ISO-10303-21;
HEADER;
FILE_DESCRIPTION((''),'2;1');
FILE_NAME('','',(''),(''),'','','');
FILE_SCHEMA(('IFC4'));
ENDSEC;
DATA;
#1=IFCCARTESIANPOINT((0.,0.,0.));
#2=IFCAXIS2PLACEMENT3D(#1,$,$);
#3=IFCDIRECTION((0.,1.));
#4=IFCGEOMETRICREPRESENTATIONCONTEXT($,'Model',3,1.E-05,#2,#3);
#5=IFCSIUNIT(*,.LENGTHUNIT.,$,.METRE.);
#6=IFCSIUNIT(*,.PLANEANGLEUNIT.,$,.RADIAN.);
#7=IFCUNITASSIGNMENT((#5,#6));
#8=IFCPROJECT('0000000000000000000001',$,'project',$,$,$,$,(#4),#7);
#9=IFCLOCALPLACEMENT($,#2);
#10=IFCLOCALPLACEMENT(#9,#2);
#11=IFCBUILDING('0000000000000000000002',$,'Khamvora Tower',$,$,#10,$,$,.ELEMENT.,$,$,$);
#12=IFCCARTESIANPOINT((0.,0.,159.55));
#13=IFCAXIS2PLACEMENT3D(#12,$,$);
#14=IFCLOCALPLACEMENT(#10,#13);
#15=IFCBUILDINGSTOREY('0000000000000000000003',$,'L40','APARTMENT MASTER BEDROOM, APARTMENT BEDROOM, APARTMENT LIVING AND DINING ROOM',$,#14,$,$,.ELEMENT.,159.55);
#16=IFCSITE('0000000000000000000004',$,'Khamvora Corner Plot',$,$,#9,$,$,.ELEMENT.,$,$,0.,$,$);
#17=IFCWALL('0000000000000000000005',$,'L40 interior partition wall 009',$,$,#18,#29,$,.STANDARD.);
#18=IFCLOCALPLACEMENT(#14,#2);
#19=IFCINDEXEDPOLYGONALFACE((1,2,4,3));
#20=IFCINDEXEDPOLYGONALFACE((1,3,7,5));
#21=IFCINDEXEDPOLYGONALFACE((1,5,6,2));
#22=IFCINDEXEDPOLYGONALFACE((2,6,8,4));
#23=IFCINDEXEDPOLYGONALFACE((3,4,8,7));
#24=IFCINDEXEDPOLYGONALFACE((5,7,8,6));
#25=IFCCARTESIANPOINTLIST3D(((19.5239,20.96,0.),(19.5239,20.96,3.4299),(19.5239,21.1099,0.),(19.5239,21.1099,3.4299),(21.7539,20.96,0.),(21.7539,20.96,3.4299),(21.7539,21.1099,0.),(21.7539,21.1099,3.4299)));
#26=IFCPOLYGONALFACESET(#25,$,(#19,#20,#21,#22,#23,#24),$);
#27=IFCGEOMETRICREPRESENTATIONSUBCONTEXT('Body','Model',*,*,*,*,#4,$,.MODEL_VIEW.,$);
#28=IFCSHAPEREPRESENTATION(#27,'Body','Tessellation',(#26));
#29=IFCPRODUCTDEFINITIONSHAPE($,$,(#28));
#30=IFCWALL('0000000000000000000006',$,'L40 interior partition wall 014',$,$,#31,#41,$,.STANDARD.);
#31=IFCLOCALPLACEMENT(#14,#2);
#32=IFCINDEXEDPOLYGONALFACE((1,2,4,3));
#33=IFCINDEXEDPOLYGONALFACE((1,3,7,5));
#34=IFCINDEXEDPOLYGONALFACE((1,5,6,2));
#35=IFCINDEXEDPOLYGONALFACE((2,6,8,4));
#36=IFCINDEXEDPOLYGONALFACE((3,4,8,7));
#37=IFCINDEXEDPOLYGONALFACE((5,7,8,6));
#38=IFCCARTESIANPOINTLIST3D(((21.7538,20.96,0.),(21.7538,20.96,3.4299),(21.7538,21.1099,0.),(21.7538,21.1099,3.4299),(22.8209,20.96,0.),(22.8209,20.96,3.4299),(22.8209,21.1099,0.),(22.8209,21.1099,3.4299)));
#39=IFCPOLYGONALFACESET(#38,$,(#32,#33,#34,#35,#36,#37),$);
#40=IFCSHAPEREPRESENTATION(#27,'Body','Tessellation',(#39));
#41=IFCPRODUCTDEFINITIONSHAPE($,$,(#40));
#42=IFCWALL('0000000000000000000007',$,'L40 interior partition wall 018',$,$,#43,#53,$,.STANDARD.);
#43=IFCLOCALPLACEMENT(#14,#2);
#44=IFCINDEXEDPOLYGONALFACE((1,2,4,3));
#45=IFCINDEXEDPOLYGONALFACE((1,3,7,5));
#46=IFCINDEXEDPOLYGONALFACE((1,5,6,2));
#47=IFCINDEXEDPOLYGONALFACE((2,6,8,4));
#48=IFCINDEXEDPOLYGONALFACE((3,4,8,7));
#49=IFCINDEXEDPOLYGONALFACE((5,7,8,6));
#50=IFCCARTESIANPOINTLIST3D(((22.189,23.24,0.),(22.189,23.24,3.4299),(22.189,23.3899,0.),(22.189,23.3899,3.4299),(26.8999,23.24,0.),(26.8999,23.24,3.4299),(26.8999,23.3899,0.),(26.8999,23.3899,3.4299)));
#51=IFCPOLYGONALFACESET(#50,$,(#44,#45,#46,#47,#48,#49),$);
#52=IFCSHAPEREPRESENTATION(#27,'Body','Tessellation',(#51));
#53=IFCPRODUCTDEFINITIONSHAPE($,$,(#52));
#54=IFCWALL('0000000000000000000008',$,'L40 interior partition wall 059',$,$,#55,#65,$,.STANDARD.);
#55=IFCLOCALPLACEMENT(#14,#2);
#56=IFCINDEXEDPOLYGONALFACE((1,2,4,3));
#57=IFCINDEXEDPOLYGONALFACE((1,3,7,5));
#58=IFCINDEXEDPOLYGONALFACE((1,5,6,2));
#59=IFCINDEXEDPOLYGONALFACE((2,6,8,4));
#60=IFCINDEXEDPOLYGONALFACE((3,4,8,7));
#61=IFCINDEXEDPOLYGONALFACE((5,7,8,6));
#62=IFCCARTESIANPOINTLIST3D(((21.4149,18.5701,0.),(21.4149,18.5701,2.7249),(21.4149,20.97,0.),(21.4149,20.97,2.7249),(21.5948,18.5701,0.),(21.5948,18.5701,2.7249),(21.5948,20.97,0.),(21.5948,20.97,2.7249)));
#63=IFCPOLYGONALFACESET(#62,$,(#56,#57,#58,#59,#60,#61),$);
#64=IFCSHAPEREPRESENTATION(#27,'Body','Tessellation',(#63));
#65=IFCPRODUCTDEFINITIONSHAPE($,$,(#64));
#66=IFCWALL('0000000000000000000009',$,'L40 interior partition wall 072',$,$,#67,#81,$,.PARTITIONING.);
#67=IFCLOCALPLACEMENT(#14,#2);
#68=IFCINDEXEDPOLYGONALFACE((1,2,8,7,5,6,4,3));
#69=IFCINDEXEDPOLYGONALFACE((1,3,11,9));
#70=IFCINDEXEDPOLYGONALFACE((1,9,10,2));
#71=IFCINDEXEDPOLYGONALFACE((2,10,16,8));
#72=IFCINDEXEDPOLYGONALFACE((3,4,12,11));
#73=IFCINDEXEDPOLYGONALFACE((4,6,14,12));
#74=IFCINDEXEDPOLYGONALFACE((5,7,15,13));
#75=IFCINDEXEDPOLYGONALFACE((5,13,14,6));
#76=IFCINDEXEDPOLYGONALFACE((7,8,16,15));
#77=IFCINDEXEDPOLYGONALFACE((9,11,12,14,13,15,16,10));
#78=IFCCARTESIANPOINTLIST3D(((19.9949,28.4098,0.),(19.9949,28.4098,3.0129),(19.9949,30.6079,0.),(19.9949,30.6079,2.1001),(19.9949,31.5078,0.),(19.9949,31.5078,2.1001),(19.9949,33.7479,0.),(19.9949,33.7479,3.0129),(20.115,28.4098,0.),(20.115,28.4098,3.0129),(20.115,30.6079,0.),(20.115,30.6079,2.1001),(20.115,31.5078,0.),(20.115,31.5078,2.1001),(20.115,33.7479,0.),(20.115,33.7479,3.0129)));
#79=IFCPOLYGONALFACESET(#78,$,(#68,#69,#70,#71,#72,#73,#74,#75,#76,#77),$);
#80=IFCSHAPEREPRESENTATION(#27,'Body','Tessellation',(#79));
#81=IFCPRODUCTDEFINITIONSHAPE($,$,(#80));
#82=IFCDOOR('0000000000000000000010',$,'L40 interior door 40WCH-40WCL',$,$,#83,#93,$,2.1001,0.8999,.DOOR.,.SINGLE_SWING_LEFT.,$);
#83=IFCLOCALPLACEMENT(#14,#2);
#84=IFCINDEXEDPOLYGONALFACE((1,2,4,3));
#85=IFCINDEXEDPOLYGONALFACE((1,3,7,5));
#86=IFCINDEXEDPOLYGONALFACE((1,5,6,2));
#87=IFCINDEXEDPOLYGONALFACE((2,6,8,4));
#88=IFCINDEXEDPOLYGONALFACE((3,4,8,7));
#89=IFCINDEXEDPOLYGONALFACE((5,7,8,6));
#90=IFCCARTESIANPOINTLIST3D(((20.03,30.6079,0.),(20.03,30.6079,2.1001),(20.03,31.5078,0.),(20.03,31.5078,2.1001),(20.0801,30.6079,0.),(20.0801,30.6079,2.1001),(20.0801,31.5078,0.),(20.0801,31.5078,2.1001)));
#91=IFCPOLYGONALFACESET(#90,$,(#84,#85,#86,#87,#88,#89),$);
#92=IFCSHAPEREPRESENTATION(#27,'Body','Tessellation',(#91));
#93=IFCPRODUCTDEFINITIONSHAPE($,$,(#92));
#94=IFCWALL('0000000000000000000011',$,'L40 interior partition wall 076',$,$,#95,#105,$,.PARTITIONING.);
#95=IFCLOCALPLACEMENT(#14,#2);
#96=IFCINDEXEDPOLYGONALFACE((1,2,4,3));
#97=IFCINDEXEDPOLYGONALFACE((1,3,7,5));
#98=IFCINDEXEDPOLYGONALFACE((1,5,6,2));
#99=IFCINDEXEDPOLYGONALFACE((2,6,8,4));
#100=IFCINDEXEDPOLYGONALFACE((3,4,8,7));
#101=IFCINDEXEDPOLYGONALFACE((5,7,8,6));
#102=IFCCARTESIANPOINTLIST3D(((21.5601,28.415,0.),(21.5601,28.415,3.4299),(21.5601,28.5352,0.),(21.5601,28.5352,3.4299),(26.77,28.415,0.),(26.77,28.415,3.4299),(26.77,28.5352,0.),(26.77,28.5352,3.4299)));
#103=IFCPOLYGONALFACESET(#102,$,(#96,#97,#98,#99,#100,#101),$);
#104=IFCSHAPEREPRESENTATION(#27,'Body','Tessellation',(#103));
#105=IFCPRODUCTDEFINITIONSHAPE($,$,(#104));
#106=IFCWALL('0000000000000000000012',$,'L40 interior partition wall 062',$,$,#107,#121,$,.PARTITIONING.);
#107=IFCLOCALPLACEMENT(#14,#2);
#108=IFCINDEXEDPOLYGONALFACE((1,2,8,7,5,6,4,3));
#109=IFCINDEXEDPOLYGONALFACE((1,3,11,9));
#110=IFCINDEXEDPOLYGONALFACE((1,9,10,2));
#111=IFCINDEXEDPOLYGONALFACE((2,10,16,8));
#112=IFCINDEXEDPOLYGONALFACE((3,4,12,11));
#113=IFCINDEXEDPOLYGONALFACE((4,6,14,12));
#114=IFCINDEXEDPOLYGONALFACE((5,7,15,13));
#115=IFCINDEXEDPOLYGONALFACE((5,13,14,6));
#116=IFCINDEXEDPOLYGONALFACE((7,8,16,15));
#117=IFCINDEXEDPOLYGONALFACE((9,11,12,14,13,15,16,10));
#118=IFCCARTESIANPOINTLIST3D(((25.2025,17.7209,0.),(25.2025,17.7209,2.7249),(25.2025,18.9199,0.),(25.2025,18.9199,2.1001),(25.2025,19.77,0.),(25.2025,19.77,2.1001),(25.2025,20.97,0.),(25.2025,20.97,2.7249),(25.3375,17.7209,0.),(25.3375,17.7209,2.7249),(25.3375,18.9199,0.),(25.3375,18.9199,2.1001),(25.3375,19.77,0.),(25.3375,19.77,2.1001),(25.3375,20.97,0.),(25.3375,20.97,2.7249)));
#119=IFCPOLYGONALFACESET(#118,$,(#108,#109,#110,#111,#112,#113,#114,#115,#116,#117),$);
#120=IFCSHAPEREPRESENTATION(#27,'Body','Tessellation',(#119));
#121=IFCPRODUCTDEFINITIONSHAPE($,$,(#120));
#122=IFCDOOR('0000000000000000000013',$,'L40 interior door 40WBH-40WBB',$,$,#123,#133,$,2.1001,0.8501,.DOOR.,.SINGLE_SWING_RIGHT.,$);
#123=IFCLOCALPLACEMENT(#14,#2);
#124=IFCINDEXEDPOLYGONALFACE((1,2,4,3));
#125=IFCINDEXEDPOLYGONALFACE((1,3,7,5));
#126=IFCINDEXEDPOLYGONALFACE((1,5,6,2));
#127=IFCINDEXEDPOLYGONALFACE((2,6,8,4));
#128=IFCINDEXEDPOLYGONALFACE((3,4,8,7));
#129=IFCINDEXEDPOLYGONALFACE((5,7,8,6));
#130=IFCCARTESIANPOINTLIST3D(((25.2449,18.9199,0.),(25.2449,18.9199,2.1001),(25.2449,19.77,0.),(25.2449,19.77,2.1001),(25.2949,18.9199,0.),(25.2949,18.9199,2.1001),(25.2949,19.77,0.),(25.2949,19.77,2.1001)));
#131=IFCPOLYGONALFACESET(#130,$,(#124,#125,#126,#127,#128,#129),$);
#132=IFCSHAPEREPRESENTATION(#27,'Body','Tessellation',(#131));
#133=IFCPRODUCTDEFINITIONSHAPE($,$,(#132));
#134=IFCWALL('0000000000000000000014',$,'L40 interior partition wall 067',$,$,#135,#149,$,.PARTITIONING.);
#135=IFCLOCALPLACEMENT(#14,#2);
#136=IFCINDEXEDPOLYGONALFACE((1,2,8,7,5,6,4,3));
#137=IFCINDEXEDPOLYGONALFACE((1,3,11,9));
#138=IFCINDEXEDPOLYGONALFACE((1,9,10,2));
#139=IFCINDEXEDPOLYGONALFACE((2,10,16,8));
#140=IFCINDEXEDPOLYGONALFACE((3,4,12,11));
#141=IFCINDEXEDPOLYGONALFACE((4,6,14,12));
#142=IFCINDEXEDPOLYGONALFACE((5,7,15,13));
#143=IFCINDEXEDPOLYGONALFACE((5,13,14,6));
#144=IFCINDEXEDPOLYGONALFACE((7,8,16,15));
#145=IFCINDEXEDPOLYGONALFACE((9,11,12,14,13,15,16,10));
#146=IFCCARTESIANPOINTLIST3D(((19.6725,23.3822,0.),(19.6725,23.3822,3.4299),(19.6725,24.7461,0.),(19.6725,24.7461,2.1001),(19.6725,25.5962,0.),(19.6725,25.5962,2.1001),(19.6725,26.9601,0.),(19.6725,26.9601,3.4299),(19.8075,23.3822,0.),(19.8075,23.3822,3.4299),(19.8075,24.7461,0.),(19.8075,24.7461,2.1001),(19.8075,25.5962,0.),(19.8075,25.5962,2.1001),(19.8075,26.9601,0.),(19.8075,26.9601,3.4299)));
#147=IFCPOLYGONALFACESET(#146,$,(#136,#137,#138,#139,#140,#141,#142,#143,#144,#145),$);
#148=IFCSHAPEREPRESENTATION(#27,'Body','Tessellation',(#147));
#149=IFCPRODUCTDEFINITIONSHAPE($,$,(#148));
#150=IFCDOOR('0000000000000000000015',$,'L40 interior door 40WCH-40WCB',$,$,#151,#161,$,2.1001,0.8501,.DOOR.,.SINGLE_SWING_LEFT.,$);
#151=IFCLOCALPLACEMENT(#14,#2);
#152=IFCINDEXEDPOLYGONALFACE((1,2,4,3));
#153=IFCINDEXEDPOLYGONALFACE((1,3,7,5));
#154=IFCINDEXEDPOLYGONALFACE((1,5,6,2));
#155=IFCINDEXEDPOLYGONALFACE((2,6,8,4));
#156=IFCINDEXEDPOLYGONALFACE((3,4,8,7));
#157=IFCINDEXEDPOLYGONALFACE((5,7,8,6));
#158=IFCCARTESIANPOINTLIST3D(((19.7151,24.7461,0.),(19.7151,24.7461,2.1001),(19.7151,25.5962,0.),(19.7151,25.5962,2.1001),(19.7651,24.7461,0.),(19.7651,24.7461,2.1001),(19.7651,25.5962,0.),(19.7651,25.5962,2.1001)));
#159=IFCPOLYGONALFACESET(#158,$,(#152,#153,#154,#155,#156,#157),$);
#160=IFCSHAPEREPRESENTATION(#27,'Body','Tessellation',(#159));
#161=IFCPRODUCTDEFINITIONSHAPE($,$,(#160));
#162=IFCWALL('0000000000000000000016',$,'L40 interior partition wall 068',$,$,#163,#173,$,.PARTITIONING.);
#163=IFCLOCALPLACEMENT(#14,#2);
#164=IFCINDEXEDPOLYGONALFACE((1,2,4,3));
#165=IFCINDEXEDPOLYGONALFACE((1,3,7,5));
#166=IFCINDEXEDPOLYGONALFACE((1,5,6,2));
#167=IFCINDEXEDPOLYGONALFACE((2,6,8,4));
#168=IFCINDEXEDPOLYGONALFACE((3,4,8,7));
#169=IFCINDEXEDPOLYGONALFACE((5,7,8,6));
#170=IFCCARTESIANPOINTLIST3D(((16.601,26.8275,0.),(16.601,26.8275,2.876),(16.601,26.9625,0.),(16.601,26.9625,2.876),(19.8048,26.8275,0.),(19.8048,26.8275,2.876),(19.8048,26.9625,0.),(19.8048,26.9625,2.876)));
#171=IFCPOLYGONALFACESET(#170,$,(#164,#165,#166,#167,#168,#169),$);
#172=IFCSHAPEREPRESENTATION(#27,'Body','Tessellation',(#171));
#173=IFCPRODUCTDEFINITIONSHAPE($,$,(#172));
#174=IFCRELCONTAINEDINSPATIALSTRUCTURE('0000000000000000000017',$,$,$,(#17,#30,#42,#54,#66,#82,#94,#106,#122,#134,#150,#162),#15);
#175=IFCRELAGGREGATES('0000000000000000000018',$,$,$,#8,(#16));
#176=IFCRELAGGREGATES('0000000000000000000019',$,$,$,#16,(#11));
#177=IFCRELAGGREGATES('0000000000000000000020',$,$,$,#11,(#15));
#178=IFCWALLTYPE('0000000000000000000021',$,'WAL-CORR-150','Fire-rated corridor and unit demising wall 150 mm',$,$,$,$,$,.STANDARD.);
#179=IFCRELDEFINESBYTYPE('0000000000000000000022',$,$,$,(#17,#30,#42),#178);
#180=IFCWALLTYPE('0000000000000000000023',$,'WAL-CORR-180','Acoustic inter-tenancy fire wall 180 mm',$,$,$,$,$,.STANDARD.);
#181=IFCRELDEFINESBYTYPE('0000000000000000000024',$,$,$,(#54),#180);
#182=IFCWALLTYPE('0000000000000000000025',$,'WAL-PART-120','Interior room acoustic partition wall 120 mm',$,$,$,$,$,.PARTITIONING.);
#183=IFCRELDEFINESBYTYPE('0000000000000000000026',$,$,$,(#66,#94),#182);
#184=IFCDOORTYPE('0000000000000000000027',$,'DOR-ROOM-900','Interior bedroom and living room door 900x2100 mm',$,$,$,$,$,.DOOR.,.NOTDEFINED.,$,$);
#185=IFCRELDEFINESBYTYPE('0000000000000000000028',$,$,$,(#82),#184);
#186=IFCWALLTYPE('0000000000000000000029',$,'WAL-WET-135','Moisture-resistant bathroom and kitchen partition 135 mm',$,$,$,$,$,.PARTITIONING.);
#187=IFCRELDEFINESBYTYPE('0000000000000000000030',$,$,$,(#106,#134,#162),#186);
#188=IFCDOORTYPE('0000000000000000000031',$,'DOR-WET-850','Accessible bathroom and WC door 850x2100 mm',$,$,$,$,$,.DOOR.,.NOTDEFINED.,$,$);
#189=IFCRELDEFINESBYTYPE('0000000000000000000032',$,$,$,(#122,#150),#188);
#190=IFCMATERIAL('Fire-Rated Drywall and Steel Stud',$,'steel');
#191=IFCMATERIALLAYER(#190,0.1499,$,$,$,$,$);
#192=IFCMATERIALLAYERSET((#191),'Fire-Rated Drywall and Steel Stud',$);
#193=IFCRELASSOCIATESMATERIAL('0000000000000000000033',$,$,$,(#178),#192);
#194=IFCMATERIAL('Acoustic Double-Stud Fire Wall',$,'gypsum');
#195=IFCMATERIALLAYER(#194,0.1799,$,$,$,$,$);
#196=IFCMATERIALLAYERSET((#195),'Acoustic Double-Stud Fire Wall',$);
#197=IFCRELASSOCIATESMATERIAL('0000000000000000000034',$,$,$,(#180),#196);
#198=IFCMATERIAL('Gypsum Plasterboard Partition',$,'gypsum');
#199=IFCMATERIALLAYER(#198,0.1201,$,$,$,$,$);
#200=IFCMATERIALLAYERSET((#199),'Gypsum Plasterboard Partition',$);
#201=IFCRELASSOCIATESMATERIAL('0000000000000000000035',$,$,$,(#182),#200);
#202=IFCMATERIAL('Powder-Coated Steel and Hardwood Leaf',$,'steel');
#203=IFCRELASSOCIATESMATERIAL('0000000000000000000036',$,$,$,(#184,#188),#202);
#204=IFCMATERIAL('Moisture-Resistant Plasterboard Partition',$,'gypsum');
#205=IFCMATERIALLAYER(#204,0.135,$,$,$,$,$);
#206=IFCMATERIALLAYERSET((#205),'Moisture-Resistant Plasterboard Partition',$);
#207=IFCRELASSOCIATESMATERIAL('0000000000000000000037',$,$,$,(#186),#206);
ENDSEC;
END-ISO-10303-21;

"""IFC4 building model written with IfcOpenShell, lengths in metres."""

from ifc_helpers import new_model, si_unit, direction, frame, frame_2d, origin, place, context, subcontext, project, spatial, rectangle, extrude, material, layer, layer_set, type_object, element, fill, save


model = new_model("IFC4")

# Units and contexts
model_context = context("Model", 3, precision=1e-05, world=origin(), true_north=direction((0.0, 1.0)))
body_context = subcontext(model_context, "Body", "Model", "MODEL_VIEW")
ifc_project = project(units=[si_unit("LENGTHUNIT", "METRE"), si_unit("PLANEANGLEUNIT", "RADIAN")], contexts=[model_context])

# Site, building, storey
site_placement = place(None, origin())
site = spatial("IfcSite", under=ifc_project, at=site_placement, Name="Khamvora Corner Plot", CompositionType="ELEMENT", RefElevation=0.0)
building_placement = place(site_placement, origin())
building = spatial("IfcBuilding", under=site, at=building_placement, Name="Khamvora Tower", CompositionType="ELEMENT")
storey_placement = place(building_placement, frame((0.0, 0.0, 159.55)))
storey = spatial("IfcBuildingStorey", under=building, at=storey_placement, Name="L40", Description="APARTMENT MASTER BEDROOM, APARTMENT BEDROOM, APARTMENT LIVING AND DINING ROOM", CompositionType="ELEMENT", Elevation=159.55)

# Shared definitions
ifc_material_1 = material(Name="Fire-Rated Drywall and Steel Stud", Category="steel")
ifc_layer_1 = layer(ifc_material_1, 0.1499)
ifc_layer_set_1 = layer_set([ifc_layer_1], Name="Fire-Rated Drywall and Steel Stud")
wall_type_1 = type_object("IfcWallType", Name="WAL-CORR-150", Description="Fire-rated corridor and unit demising wall 150 mm", PredefinedType="STANDARD", material=ifc_layer_set_1)
ifc_material_2 = material(Name="Powder-Coated Steel and Hardwood Leaf", Category="steel")

# Wall
wall_1_placement = place(storey_placement, frame((21.7539, 21.0349, 0.0), z_axis=(0.0, 0.0, 1.0), x_axis=(-1.0, 0.0, 0.0)))
element("IfcWall", 1, at=wall_1_placement, inside=storey, type_object=wall_type_1, Name="L40 interior partition wall 009", PredefinedType="STANDARD", context=body_context, shape_type="SweptSolid", body=[
    extrude(rectangle(XDim=2.23, YDim=0.1499, at=frame_2d((1.115, 0.0))), origin(), (0.0, 0.0, 1.0), 3.4299),
])

# Walls
wall_2_placement = place(storey_placement, frame((22.821, 21.0349, 0.0), z_axis=(0.0, 0.0, 1.0), x_axis=(-1.0, 0.0, 0.0)))
element("IfcWall", 2, at=wall_2_placement, inside=storey, type_object=wall_type_1, Name="L40 interior partition wall 014", PredefinedType="STANDARD", context=body_context, shape_type="SweptSolid", body=[
    extrude(rectangle(XDim=1.0671, YDim=0.1499, at=frame_2d((0.5337, 0.0))), origin(), (0.0, 0.0, 1.0), 3.4299),
])
wall_3_placement = place(storey_placement, frame((22.189, 23.3149, 0.0), z_axis=(0.0, 0.0, 1.0), x_axis=(1.0, 0.0, 0.0)))
element("IfcWall", 3, at=wall_3_placement, inside=storey, type_object=wall_type_1, Name="L40 interior partition wall 018", PredefinedType="STANDARD", context=body_context, shape_type="SweptSolid", body=[
    extrude(rectangle(XDim=4.7109, YDim=0.1499, at=frame_2d((2.3555, 0.0))), origin(), (0.0, 0.0, 1.0), 3.4299),
])
ifc_material_3 = material(Name="Acoustic Double-Stud Fire Wall", Category="gypsum")
ifc_layer_2 = layer(ifc_material_3, 0.1799)
ifc_layer_set_2 = layer_set([ifc_layer_2], Name="Acoustic Double-Stud Fire Wall")
wall_type_2 = type_object("IfcWallType", Name="WAL-CORR-180", Description="Acoustic inter-tenancy fire wall 180 mm", PredefinedType="STANDARD", material=ifc_layer_set_2)
wall_4_placement = place(storey_placement, frame((21.5049, 20.97, 0.0), z_axis=(0.0, 0.0, 1.0), x_axis=(0.0, -1.0, 0.0)))
element("IfcWall", 4, at=wall_4_placement, inside=storey, type_object=wall_type_2, Name="L40 interior partition wall 059", PredefinedType="STANDARD", context=body_context, shape_type="SweptSolid", body=[
    extrude(rectangle(XDim=2.3999, YDim=0.1799, at=frame_2d((1.2, 0.0))), origin(), (0.0, 0.0, 1.0), 2.7249),
])

# Wall, opening, door
ifc_material_4 = material(Name="Gypsum Plasterboard Partition", Category="gypsum")
ifc_layer_3 = layer(ifc_material_4, 0.1201)
ifc_layer_set_3 = layer_set([ifc_layer_3], Name="Gypsum Plasterboard Partition")
wall_type_3 = type_object("IfcWallType", Name="WAL-PART-120", Description="Interior room acoustic partition wall 120 mm", PredefinedType="PARTITIONING", material=ifc_layer_set_3)
wall_5_placement = place(storey_placement, frame((20.0549, 28.4099, 0.0), z_axis=(0.0, 0.0, 1.0), x_axis=(0.0, 1.0, 0.0)))
wall_5 = element("IfcWall", 5, at=wall_5_placement, inside=storey, type_object=wall_type_3, Name="L40 interior partition wall 072", PredefinedType="PARTITIONING", context=body_context, shape_type="SweptSolid", body=[
    extrude(rectangle(XDim=5.3381, YDim=0.1201, at=frame_2d((2.6689, 0.0))), origin(), (0.0, 0.0, 1.0), 3.0129),
])
opening_1_placement = place(wall_5_placement, frame((2.198, 0.0, 0.0)))
opening_1 = element("IfcOpeningElement", 6, at=opening_1_placement, cuts=wall_5, PredefinedType="OPENING", context=body_context, shape_type="SweptSolid", body=[
    extrude(rectangle(XDim=0.8999, YDim=2.1001, at=frame_2d((0.45, 1.05))), frame((0.0, 0.0701, 0.0), z_axis=(0.0, -1.0, 0.0), x_axis=(1.0, 0.0, 0.0)), (0.0, 0.0, 1.0), 0.1401),
])
door_type_1 = type_object("IfcDoorType", Name="DOR-ROOM-900", Description="Interior bedroom and living room door 900x2100 mm", OperationType="NOTDEFINED", PredefinedType="DOOR", material=ifc_material_2)
door_1_placement = place(opening_1_placement, origin())
door_1 = element("IfcDoor", 7, at=door_1_placement, inside=storey, type_object=door_type_1, Name="L40 interior door 40WCH-40WCL", OperationType="SINGLE_SWING_LEFT", OverallHeight=2.1001, OverallWidth=0.8999, PredefinedType="DOOR", context=body_context, shape_type="SweptSolid", body=[
    extrude(rectangle(XDim=0.8999, YDim=2.1001, at=frame_2d((0.45, 1.05))), frame((0.0, 0.0249, 0.0), z_axis=(0.0, -1.0, 0.0), x_axis=(1.0, 0.0, 0.0)), (0.0, 0.0, 1.0), 0.05),
])
fill(opening_1, door_1)

# Wall
wall_6_placement = place(storey_placement, frame((21.5601, 28.4751, 0.0), z_axis=(0.0, 0.0, 1.0), x_axis=(1.0, 0.0, 0.0)))
element("IfcWall", 8, at=wall_6_placement, inside=storey, type_object=wall_type_3, Name="L40 interior partition wall 076", PredefinedType="PARTITIONING", context=body_context, shape_type="SweptSolid", body=[
    extrude(rectangle(XDim=5.21, YDim=0.1201, at=frame_2d((2.605, 0.0))), origin(), (0.0, 0.0, 1.0), 3.4299),
])

# Walls, openings, doors
ifc_material_5 = material(Name="Moisture-Resistant Plasterboard Partition", Category="gypsum")
ifc_layer_4 = layer(ifc_material_5, 0.135)
ifc_layer_set_4 = layer_set([ifc_layer_4], Name="Moisture-Resistant Plasterboard Partition")
wall_type_4 = type_object("IfcWallType", Name="WAL-WET-135", Description="Moisture-resistant bathroom and kitchen partition 135 mm", PredefinedType="PARTITIONING", material=ifc_layer_set_4)
wall_7_placement = place(storey_placement, frame((25.27, 20.97, 0.0), z_axis=(0.0, 0.0, 1.0), x_axis=(0.0, -1.0, 0.0)))
wall_7 = element("IfcWall", 9, at=wall_7_placement, inside=storey, type_object=wall_type_4, Name="L40 interior partition wall 062", PredefinedType="PARTITIONING", context=body_context, shape_type="SweptSolid", body=[
    extrude(rectangle(XDim=3.249, YDim=0.135, at=frame_2d((1.6245, 0.0))), origin(), (0.0, 0.0, 1.0), 2.7249),
])
opening_2_placement = place(wall_7_placement, frame((1.2, 0.0, 0.0)))
opening_2 = element("IfcOpeningElement", 10, at=opening_2_placement, cuts=wall_7, PredefinedType="OPENING", context=body_context, shape_type="SweptSolid", body=[
    extrude(rectangle(XDim=0.8501, YDim=2.1001, at=frame_2d((0.425, 1.05))), frame((0.0, 0.0774, 0.0), z_axis=(0.0, -1.0, 0.0), x_axis=(1.0, 0.0, 0.0)), (0.0, 0.0, 1.0), 0.155),
])
door_type_2 = type_object("IfcDoorType", Name="DOR-WET-850", Description="Accessible bathroom and WC door 850x2100 mm", OperationType="NOTDEFINED", PredefinedType="DOOR", material=ifc_material_2)
door_2_placement = place(opening_2_placement, origin())
door_2 = element("IfcDoor", 11, at=door_2_placement, inside=storey, type_object=door_type_2, Name="L40 interior door 40WBH-40WBB", OperationType="SINGLE_SWING_RIGHT", OverallHeight=2.1001, OverallWidth=0.8501, PredefinedType="DOOR", context=body_context, shape_type="SweptSolid", body=[
    extrude(rectangle(XDim=0.8501, YDim=2.1001, at=frame_2d((0.425, 1.05))), frame((0.0, 0.0249, 0.0), z_axis=(0.0, -1.0, 0.0), x_axis=(1.0, 0.0, 0.0)), (0.0, 0.0, 1.0), 0.05),
])
fill(opening_2, door_2)
wall_8_placement = place(storey_placement, frame((19.74, 23.3821, 0.0), z_axis=(0.0, 0.0, 1.0), x_axis=(0.0, 1.0, 0.0)))
wall_8 = element("IfcWall", 12, at=wall_8_placement, inside=storey, type_object=wall_type_4, Name="L40 interior partition wall 067", PredefinedType="PARTITIONING", context=body_context, shape_type="SweptSolid", body=[
    extrude(rectangle(XDim=3.5779, YDim=0.135, at=frame_2d((1.7891, 0.0))), origin(), (0.0, 0.0, 1.0), 3.4299),
])
opening_3_placement = place(wall_8_placement, frame((1.364, 0.0, 0.0)))
opening_3 = element("IfcOpeningElement", 13, at=opening_3_placement, cuts=wall_8, PredefinedType="OPENING", context=body_context, shape_type="SweptSolid", body=[
    extrude(rectangle(XDim=0.8501, YDim=2.1001, at=frame_2d((0.425, 1.05))), frame((0.0, 0.0774, 0.0), z_axis=(0.0, -1.0, 0.0), x_axis=(1.0, 0.0, 0.0)), (0.0, 0.0, 1.0), 0.155),
])
door_3_placement = place(opening_3_placement, origin())
door_3 = element("IfcDoor", 14, at=door_3_placement, inside=storey, type_object=door_type_2, Name="L40 interior door 40WCH-40WCB", OperationType="SINGLE_SWING_LEFT", OverallHeight=2.1001, OverallWidth=0.8501, PredefinedType="DOOR", context=body_context, shape_type="SweptSolid", body=[
    extrude(rectangle(XDim=0.8501, YDim=2.1001, at=frame_2d((0.425, 1.05))), frame((0.0, 0.0249, 0.0), z_axis=(0.0, -1.0, 0.0), x_axis=(1.0, 0.0, 0.0)), (0.0, 0.0, 1.0), 0.05),
])
fill(opening_3, door_3)

# Wall
wall_9_placement = place(storey_placement, frame((19.8049, 26.895, 0.0), z_axis=(0.0, 0.0, 1.0), x_axis=(-1.0, 0.0, 0.0)))
element("IfcWall", 15, at=wall_9_placement, inside=storey, type_object=wall_type_4, Name="L40 interior partition wall 068", PredefinedType="PARTITIONING", context=body_context, shape_type="SweptSolid", body=[
    extrude(rectangle(XDim=3.2039, YDim=0.135, at=frame_2d((1.6021, 0.0))), origin(), (0.0, 0.0, 1.0), 2.876),
])

save(model, "model.ifc")
